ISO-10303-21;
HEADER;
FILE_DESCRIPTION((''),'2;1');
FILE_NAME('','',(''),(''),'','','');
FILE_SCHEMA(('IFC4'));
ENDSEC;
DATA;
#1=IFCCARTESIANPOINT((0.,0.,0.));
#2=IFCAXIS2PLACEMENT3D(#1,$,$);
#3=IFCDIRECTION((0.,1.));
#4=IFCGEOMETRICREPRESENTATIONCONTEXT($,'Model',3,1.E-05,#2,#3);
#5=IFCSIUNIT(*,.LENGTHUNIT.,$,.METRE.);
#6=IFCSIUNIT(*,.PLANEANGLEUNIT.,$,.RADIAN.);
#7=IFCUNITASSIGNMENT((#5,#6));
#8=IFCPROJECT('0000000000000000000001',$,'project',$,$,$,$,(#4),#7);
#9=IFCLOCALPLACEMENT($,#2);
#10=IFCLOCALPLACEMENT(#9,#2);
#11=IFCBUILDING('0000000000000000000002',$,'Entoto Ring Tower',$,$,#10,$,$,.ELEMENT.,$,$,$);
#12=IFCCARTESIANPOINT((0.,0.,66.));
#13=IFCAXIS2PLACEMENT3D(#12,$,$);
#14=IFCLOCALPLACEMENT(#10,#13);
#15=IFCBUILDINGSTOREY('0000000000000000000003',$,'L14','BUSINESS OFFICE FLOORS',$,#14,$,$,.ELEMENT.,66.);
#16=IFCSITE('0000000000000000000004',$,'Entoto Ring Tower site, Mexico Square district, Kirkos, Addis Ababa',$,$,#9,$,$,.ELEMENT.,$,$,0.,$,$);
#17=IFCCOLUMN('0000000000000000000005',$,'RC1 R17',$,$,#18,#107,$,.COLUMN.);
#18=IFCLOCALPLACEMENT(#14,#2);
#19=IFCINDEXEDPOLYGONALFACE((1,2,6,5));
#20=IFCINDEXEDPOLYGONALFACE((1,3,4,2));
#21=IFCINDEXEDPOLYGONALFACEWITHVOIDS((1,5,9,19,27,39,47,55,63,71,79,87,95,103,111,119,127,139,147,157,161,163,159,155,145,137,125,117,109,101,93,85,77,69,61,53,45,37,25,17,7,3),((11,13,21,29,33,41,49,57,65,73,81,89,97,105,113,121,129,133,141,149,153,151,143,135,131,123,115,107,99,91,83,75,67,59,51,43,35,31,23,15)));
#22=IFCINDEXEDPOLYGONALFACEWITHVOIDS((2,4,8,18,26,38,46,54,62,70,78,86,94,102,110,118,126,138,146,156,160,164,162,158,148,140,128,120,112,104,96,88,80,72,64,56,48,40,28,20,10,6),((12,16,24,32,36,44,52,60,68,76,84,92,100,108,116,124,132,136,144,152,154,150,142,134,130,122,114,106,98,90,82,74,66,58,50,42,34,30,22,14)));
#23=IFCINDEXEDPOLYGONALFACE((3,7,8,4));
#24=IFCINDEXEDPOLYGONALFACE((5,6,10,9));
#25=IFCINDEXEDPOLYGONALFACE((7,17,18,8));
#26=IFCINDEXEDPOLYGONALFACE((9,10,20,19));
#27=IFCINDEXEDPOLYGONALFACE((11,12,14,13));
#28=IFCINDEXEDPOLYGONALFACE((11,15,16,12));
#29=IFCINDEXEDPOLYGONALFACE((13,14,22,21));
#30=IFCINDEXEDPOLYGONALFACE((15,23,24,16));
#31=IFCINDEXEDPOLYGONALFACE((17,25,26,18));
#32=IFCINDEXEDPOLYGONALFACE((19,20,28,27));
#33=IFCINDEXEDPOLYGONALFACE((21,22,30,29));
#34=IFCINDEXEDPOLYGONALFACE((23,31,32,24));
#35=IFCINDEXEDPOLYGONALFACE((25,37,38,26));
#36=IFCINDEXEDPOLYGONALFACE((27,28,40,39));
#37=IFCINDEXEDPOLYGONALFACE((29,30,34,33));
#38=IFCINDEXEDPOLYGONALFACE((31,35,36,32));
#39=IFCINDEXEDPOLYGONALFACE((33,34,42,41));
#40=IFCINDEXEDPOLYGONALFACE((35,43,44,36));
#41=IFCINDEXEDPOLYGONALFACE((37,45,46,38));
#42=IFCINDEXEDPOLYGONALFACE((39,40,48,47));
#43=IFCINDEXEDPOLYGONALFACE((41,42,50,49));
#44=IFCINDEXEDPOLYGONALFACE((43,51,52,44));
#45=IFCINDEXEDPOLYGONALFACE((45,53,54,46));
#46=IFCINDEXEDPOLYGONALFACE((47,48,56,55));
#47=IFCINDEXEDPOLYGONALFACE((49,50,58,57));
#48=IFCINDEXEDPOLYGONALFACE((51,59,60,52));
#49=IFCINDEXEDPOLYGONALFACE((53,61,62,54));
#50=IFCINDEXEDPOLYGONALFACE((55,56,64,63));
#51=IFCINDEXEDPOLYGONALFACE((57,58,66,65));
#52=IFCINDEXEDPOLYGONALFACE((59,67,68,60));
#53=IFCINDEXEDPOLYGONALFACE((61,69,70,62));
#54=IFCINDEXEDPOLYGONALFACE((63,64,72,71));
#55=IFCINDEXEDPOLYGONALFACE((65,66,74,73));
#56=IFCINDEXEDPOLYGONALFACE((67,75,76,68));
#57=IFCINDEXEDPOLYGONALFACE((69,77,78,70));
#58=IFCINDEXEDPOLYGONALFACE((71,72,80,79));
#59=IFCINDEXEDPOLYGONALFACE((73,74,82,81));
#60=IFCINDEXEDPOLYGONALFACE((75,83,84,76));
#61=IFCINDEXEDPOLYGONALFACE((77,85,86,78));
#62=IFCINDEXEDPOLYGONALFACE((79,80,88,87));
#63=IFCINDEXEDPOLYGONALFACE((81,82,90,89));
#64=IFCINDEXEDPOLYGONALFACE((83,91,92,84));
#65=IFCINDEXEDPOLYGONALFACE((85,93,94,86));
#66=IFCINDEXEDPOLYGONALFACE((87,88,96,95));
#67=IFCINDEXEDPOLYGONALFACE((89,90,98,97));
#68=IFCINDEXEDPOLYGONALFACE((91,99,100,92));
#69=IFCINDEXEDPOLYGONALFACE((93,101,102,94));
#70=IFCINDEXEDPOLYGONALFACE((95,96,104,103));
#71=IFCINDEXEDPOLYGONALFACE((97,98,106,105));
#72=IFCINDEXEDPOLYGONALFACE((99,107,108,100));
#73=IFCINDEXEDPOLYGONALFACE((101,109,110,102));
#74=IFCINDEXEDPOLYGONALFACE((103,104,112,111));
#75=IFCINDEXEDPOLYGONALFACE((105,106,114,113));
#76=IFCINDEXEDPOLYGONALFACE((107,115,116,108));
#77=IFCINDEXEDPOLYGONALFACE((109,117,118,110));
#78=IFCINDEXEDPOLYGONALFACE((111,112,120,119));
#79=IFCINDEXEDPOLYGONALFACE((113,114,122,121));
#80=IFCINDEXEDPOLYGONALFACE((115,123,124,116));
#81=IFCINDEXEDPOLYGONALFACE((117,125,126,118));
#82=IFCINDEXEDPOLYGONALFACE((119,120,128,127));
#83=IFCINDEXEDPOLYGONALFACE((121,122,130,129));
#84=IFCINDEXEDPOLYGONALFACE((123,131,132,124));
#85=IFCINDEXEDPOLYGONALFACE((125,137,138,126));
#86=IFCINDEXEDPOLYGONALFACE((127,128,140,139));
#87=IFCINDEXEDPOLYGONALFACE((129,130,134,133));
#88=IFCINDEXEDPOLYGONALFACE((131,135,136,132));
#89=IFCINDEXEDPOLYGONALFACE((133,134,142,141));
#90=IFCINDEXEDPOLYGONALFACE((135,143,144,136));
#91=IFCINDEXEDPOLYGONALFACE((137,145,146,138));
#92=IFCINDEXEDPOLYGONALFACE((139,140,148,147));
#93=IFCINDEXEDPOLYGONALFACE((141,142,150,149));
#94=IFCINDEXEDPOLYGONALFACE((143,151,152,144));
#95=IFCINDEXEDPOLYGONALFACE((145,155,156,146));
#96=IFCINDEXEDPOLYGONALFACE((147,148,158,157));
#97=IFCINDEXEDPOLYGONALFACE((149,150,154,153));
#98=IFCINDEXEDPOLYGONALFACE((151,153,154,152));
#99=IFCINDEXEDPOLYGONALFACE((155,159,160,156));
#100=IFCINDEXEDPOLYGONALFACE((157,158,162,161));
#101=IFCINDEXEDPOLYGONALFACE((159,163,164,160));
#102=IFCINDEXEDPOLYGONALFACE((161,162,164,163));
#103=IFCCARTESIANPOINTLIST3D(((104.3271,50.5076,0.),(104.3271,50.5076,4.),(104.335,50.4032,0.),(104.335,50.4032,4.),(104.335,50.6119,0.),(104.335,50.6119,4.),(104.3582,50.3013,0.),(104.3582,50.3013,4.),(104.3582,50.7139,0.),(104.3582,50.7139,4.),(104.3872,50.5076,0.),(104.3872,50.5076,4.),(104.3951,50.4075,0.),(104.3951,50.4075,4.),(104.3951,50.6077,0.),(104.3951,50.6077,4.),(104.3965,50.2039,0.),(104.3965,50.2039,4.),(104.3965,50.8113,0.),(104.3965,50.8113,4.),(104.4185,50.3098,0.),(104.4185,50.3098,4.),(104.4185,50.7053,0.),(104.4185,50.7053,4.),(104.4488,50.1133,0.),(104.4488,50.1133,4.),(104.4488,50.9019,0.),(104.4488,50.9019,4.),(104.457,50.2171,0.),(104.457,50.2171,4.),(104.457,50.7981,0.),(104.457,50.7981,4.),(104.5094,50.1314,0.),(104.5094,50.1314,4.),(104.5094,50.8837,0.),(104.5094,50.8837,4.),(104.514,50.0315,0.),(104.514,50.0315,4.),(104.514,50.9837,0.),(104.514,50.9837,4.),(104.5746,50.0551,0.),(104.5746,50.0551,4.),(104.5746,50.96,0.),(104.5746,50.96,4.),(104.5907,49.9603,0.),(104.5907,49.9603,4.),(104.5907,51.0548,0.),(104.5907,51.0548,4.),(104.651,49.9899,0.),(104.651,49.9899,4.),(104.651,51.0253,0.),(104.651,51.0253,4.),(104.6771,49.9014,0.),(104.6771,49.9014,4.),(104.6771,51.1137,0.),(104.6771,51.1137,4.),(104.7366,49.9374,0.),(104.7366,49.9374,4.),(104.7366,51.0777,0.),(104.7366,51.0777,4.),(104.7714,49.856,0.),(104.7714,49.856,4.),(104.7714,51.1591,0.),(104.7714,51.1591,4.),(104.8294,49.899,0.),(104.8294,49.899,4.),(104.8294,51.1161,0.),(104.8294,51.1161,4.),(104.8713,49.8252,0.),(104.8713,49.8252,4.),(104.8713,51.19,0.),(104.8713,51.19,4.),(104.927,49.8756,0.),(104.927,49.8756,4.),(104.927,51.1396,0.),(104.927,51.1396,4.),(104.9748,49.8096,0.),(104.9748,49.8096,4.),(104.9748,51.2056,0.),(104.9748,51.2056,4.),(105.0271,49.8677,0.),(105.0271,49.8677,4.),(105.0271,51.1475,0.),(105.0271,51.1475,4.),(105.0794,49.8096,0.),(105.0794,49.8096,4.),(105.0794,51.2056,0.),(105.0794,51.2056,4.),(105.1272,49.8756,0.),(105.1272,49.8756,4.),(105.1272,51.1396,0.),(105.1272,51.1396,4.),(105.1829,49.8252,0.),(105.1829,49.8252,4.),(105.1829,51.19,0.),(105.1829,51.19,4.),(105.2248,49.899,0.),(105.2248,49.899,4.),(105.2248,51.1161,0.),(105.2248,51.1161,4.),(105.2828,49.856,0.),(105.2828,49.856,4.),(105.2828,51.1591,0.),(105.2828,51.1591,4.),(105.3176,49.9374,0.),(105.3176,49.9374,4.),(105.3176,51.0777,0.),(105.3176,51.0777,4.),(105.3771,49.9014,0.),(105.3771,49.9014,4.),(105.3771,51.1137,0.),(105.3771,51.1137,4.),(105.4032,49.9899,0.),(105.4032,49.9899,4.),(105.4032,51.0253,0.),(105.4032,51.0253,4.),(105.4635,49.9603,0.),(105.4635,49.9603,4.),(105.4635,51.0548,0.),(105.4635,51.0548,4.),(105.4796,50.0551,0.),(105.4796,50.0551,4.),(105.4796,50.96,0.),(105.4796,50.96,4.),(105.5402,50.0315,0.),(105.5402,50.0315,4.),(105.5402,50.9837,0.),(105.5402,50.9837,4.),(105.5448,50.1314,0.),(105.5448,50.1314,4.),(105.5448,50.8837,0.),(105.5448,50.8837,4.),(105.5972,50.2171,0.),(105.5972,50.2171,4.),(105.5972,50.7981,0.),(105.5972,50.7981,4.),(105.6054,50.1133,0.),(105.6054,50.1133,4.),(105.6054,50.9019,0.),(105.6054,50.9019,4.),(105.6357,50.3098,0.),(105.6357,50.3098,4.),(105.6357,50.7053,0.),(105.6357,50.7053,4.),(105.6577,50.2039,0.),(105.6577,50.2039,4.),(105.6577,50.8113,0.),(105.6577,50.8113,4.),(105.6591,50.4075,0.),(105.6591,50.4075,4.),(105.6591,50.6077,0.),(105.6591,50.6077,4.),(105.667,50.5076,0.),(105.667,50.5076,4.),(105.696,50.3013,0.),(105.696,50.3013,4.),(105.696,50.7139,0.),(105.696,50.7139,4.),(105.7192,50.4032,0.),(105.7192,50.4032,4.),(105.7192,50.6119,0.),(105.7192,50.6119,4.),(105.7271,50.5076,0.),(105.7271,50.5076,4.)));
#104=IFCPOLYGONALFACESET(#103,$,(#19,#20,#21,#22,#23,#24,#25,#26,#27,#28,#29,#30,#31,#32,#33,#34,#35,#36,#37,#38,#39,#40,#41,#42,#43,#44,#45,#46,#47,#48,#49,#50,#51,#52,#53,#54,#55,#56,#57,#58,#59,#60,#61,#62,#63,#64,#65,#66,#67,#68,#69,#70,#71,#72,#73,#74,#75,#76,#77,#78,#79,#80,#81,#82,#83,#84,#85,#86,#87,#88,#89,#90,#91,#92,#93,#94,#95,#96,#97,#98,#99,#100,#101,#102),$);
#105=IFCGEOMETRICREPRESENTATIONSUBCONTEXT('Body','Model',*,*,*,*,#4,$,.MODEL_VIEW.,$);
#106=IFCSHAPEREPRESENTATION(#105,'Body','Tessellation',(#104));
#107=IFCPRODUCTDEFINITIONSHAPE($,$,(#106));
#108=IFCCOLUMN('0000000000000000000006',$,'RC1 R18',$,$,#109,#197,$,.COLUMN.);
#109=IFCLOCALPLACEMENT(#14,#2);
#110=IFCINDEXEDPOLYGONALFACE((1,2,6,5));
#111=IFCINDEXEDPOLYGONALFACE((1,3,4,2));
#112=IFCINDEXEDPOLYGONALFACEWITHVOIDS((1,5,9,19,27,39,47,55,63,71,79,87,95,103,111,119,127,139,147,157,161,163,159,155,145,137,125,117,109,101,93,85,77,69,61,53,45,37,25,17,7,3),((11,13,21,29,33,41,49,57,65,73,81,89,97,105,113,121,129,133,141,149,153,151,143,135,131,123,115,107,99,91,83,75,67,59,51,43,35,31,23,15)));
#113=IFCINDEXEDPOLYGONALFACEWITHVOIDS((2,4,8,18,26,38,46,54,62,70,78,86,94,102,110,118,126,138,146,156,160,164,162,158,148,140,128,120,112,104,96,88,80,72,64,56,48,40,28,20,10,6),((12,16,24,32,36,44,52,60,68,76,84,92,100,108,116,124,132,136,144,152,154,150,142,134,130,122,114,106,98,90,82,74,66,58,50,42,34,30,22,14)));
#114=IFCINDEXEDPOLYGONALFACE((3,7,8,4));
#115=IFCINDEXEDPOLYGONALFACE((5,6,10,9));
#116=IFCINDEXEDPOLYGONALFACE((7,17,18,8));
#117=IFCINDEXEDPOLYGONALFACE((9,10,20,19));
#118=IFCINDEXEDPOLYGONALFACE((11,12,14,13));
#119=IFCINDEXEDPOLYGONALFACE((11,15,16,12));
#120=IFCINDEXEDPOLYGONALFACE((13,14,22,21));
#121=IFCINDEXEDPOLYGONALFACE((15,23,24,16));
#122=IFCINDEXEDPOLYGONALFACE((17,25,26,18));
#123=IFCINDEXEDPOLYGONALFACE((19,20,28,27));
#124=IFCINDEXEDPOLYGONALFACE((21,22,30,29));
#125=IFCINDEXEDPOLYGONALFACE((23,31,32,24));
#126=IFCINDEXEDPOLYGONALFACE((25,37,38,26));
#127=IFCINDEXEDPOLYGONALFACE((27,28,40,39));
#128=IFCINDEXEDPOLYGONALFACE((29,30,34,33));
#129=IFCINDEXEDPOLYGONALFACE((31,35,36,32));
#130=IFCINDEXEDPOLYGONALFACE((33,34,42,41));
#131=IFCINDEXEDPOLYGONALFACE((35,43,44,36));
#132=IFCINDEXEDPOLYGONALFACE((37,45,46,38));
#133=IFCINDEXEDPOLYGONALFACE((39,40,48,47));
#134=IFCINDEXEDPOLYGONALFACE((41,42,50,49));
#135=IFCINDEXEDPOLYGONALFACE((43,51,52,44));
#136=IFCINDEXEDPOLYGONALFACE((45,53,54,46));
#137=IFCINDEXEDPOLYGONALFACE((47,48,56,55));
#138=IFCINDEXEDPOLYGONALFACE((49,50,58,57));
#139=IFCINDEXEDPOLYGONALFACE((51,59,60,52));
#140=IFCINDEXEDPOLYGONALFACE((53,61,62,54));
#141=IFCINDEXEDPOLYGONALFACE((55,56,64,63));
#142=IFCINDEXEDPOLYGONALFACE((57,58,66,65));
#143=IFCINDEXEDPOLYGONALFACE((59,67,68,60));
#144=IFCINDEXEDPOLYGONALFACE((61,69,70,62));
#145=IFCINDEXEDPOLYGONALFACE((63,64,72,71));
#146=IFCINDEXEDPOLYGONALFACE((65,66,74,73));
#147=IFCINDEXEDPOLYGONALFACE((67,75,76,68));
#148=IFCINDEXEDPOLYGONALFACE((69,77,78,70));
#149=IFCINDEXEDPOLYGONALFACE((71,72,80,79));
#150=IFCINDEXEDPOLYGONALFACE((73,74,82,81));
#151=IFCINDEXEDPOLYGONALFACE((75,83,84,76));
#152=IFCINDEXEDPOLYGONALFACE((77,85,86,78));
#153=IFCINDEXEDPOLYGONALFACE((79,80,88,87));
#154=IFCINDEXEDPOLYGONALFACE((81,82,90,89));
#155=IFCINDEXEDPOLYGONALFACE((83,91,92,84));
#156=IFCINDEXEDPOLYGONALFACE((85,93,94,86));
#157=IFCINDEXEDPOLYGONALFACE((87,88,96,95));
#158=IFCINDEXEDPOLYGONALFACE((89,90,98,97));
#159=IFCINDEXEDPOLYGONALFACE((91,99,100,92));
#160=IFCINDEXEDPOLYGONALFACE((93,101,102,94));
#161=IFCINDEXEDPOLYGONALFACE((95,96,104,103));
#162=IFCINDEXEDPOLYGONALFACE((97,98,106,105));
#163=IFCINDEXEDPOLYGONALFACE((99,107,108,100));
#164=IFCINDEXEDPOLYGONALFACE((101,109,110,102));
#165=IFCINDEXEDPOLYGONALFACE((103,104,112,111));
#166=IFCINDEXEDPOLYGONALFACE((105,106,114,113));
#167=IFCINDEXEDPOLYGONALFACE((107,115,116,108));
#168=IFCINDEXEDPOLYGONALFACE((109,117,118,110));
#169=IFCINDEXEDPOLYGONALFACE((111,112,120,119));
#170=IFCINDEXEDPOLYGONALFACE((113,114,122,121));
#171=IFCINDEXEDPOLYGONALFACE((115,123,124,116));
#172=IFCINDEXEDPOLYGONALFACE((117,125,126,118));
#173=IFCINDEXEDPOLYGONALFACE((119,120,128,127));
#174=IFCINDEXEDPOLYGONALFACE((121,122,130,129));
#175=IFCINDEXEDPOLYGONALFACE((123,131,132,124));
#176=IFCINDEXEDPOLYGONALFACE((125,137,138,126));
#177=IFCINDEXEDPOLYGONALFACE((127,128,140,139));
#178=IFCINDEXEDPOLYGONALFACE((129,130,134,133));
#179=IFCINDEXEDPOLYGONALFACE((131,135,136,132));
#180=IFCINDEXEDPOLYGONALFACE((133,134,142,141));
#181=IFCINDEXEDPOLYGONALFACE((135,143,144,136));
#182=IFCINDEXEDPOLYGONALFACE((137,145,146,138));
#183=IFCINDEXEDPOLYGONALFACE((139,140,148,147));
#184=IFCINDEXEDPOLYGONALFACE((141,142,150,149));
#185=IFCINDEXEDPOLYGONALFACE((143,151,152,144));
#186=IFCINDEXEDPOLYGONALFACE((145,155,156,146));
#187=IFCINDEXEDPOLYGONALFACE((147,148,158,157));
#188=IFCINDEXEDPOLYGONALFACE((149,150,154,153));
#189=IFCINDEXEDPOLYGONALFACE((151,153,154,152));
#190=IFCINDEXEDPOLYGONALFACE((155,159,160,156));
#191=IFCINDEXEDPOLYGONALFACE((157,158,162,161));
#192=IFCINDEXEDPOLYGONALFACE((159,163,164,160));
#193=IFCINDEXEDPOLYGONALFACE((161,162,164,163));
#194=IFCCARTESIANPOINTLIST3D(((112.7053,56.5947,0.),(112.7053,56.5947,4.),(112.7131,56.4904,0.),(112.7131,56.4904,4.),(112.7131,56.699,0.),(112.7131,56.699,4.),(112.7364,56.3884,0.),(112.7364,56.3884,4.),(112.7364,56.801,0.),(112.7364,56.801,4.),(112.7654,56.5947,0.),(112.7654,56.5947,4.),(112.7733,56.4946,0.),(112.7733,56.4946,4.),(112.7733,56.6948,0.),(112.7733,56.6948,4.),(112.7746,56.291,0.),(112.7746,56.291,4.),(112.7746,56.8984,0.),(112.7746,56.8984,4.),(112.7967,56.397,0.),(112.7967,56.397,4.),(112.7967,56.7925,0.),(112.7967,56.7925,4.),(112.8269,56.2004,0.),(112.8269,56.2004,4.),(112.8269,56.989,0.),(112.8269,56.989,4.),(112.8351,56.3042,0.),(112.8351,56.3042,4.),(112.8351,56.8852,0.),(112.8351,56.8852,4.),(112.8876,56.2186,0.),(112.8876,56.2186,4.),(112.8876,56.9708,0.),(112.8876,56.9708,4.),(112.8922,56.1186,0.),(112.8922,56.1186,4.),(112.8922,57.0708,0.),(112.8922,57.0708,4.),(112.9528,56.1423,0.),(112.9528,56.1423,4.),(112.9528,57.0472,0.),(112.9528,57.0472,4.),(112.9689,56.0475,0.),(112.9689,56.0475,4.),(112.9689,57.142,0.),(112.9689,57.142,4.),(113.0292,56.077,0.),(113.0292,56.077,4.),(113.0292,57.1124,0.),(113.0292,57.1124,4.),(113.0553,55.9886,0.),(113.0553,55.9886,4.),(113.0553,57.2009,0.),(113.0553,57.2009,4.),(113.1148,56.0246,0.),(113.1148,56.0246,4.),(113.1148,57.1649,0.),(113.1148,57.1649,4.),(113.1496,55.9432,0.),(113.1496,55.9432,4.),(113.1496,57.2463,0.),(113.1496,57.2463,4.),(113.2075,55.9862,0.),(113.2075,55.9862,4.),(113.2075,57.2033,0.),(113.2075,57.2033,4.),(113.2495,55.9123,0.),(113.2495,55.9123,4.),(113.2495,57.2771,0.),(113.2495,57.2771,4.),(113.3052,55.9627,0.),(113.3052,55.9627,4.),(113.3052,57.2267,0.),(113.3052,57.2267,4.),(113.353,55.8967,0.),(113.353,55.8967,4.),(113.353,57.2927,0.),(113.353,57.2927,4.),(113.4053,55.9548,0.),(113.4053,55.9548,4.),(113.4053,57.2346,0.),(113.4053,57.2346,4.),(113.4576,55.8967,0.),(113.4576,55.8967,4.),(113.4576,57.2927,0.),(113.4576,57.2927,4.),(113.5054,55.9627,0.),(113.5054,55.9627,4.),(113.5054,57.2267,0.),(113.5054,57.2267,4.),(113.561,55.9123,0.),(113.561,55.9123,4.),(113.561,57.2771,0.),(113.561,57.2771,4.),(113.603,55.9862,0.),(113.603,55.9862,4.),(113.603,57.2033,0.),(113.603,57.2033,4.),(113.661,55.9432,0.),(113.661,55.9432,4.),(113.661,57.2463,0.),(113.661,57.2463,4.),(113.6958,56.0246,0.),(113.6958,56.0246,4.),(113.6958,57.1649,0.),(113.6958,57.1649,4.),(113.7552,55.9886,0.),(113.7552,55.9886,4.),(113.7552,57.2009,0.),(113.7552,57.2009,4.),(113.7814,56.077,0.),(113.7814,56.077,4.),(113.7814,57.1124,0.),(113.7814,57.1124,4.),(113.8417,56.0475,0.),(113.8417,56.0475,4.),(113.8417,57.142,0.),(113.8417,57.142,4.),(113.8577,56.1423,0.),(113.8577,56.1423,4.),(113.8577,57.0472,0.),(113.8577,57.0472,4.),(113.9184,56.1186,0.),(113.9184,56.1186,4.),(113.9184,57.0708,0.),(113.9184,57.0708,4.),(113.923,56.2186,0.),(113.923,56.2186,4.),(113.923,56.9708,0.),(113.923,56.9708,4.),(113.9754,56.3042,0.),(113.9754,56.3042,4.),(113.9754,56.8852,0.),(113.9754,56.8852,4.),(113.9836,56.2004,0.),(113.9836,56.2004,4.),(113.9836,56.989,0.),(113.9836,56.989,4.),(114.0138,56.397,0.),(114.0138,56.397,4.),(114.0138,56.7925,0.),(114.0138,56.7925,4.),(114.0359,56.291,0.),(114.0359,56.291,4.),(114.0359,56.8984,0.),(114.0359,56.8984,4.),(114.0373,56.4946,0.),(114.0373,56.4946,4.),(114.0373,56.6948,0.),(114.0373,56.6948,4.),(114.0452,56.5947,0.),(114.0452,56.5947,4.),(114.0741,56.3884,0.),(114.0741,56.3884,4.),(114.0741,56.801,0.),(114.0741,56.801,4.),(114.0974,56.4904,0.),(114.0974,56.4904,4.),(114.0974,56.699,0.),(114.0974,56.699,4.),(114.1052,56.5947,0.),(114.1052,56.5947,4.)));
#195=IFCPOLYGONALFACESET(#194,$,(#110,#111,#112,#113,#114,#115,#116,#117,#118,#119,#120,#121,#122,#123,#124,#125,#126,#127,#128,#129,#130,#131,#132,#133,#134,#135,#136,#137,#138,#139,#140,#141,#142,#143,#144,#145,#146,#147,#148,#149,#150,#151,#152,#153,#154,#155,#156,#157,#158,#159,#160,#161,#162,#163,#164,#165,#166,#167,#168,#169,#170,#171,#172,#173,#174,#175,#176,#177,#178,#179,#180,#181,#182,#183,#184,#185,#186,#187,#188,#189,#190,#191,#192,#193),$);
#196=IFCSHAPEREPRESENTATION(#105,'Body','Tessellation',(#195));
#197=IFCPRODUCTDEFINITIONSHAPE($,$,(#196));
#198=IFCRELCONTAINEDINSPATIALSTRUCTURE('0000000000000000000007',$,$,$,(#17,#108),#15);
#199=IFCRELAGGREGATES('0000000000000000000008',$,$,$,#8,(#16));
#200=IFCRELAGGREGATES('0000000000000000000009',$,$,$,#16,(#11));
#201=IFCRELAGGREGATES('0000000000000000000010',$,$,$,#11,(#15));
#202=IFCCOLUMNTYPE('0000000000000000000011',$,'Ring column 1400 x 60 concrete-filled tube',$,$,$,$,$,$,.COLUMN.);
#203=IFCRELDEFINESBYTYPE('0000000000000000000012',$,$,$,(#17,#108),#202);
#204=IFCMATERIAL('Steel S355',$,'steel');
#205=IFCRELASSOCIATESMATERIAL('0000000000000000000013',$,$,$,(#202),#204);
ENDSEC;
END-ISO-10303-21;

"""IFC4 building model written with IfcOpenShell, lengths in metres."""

from ifc_helpers import new_model, si_unit, direction, frame, origin, origin_2d, place, context, subcontext, project, spatial, circle, hollow_circle, extrude, material, material_profile, profile_set, type_object, element, save


model = new_model("IFC4")

# Units and contexts
model_context = context("Model", 3, precision=1e-05, world=origin(), true_north=direction((0.0, 1.0)))
body_context = subcontext(model_context, "Body", "Model", "MODEL_VIEW")
ifc_project = project(units=[si_unit("LENGTHUNIT", "METRE"), si_unit("PLANEANGLEUNIT", "RADIAN")], contexts=[model_context])

# Site, building, storey
site_placement = place(None, origin())
site = spatial("IfcSite", under=ifc_project, at=site_placement, Name="Entoto Ring Tower site, Mexico Square district, Kirkos, Addis Ababa", CompositionType="ELEMENT", RefElevation=0.0)
building_placement = place(site_placement, origin())
building = spatial("IfcBuilding", under=site, at=building_placement, Name="Entoto Ring Tower", CompositionType="ELEMENT")
storey_placement = place(building_placement, frame((0.0, 0.0, 66.0)))
storey = spatial("IfcBuildingStorey", under=building, at=storey_placement, Name="L14", Description="BUSINESS OFFICE FLOORS", CompositionType="ELEMENT", Elevation=66.0)

# Columns
ifc_material_1 = material(Name="Steel S355", Category="steel")
ifc_material_profile_1 = material_profile(ifc_material_1, hollow_circle(Radius=0.7, WallThickness=0.0601, at=origin_2d()), Name="CHS 1400 x 60")
ifc_material_2 = material(Name="Concrete C60/75", Category="concrete")
ifc_material_profile_2 = material_profile(ifc_material_2, circle(Radius=0.6399, at=origin_2d()), Name="Concrete C60/75 infill")
ifc_profile_set_1 = profile_set([ifc_material_profile_1, ifc_material_profile_2], Name="Steel S355")
column_type = type_object("IfcColumnType", Name="Ring column 1400 x 60 concrete-filled tube", PredefinedType="COLUMN", material=ifc_profile_set_1)
for number, where, z_axis, x_axis, name in (
    (1, (105.0271, 50.5076, 0.0), (0.0, 0.0, 1.0), (1.0, 0.0, 0.0), "RC1 R17"),
    (2, (113.4053, 56.5947, 0.0), (0.0, 0.0, 1.0), (1.0, 0.0, 0.0), "RC1 R18"),
):
    element("IfcColumn", number, at=place(storey_placement, frame(where, z_axis=z_axis, x_axis=x_axis)), inside=storey, type_object=column_type, Name=name, PredefinedType="COLUMN", context=body_context, shape_type="SweptSolid", body=[
        extrude(hollow_circle(Radius=0.7, WallThickness=0.0601, at=origin_2d()), origin(), (0.0, 0.0, 1.0), 4.0),
    ])

save(model, "model.ifc")
